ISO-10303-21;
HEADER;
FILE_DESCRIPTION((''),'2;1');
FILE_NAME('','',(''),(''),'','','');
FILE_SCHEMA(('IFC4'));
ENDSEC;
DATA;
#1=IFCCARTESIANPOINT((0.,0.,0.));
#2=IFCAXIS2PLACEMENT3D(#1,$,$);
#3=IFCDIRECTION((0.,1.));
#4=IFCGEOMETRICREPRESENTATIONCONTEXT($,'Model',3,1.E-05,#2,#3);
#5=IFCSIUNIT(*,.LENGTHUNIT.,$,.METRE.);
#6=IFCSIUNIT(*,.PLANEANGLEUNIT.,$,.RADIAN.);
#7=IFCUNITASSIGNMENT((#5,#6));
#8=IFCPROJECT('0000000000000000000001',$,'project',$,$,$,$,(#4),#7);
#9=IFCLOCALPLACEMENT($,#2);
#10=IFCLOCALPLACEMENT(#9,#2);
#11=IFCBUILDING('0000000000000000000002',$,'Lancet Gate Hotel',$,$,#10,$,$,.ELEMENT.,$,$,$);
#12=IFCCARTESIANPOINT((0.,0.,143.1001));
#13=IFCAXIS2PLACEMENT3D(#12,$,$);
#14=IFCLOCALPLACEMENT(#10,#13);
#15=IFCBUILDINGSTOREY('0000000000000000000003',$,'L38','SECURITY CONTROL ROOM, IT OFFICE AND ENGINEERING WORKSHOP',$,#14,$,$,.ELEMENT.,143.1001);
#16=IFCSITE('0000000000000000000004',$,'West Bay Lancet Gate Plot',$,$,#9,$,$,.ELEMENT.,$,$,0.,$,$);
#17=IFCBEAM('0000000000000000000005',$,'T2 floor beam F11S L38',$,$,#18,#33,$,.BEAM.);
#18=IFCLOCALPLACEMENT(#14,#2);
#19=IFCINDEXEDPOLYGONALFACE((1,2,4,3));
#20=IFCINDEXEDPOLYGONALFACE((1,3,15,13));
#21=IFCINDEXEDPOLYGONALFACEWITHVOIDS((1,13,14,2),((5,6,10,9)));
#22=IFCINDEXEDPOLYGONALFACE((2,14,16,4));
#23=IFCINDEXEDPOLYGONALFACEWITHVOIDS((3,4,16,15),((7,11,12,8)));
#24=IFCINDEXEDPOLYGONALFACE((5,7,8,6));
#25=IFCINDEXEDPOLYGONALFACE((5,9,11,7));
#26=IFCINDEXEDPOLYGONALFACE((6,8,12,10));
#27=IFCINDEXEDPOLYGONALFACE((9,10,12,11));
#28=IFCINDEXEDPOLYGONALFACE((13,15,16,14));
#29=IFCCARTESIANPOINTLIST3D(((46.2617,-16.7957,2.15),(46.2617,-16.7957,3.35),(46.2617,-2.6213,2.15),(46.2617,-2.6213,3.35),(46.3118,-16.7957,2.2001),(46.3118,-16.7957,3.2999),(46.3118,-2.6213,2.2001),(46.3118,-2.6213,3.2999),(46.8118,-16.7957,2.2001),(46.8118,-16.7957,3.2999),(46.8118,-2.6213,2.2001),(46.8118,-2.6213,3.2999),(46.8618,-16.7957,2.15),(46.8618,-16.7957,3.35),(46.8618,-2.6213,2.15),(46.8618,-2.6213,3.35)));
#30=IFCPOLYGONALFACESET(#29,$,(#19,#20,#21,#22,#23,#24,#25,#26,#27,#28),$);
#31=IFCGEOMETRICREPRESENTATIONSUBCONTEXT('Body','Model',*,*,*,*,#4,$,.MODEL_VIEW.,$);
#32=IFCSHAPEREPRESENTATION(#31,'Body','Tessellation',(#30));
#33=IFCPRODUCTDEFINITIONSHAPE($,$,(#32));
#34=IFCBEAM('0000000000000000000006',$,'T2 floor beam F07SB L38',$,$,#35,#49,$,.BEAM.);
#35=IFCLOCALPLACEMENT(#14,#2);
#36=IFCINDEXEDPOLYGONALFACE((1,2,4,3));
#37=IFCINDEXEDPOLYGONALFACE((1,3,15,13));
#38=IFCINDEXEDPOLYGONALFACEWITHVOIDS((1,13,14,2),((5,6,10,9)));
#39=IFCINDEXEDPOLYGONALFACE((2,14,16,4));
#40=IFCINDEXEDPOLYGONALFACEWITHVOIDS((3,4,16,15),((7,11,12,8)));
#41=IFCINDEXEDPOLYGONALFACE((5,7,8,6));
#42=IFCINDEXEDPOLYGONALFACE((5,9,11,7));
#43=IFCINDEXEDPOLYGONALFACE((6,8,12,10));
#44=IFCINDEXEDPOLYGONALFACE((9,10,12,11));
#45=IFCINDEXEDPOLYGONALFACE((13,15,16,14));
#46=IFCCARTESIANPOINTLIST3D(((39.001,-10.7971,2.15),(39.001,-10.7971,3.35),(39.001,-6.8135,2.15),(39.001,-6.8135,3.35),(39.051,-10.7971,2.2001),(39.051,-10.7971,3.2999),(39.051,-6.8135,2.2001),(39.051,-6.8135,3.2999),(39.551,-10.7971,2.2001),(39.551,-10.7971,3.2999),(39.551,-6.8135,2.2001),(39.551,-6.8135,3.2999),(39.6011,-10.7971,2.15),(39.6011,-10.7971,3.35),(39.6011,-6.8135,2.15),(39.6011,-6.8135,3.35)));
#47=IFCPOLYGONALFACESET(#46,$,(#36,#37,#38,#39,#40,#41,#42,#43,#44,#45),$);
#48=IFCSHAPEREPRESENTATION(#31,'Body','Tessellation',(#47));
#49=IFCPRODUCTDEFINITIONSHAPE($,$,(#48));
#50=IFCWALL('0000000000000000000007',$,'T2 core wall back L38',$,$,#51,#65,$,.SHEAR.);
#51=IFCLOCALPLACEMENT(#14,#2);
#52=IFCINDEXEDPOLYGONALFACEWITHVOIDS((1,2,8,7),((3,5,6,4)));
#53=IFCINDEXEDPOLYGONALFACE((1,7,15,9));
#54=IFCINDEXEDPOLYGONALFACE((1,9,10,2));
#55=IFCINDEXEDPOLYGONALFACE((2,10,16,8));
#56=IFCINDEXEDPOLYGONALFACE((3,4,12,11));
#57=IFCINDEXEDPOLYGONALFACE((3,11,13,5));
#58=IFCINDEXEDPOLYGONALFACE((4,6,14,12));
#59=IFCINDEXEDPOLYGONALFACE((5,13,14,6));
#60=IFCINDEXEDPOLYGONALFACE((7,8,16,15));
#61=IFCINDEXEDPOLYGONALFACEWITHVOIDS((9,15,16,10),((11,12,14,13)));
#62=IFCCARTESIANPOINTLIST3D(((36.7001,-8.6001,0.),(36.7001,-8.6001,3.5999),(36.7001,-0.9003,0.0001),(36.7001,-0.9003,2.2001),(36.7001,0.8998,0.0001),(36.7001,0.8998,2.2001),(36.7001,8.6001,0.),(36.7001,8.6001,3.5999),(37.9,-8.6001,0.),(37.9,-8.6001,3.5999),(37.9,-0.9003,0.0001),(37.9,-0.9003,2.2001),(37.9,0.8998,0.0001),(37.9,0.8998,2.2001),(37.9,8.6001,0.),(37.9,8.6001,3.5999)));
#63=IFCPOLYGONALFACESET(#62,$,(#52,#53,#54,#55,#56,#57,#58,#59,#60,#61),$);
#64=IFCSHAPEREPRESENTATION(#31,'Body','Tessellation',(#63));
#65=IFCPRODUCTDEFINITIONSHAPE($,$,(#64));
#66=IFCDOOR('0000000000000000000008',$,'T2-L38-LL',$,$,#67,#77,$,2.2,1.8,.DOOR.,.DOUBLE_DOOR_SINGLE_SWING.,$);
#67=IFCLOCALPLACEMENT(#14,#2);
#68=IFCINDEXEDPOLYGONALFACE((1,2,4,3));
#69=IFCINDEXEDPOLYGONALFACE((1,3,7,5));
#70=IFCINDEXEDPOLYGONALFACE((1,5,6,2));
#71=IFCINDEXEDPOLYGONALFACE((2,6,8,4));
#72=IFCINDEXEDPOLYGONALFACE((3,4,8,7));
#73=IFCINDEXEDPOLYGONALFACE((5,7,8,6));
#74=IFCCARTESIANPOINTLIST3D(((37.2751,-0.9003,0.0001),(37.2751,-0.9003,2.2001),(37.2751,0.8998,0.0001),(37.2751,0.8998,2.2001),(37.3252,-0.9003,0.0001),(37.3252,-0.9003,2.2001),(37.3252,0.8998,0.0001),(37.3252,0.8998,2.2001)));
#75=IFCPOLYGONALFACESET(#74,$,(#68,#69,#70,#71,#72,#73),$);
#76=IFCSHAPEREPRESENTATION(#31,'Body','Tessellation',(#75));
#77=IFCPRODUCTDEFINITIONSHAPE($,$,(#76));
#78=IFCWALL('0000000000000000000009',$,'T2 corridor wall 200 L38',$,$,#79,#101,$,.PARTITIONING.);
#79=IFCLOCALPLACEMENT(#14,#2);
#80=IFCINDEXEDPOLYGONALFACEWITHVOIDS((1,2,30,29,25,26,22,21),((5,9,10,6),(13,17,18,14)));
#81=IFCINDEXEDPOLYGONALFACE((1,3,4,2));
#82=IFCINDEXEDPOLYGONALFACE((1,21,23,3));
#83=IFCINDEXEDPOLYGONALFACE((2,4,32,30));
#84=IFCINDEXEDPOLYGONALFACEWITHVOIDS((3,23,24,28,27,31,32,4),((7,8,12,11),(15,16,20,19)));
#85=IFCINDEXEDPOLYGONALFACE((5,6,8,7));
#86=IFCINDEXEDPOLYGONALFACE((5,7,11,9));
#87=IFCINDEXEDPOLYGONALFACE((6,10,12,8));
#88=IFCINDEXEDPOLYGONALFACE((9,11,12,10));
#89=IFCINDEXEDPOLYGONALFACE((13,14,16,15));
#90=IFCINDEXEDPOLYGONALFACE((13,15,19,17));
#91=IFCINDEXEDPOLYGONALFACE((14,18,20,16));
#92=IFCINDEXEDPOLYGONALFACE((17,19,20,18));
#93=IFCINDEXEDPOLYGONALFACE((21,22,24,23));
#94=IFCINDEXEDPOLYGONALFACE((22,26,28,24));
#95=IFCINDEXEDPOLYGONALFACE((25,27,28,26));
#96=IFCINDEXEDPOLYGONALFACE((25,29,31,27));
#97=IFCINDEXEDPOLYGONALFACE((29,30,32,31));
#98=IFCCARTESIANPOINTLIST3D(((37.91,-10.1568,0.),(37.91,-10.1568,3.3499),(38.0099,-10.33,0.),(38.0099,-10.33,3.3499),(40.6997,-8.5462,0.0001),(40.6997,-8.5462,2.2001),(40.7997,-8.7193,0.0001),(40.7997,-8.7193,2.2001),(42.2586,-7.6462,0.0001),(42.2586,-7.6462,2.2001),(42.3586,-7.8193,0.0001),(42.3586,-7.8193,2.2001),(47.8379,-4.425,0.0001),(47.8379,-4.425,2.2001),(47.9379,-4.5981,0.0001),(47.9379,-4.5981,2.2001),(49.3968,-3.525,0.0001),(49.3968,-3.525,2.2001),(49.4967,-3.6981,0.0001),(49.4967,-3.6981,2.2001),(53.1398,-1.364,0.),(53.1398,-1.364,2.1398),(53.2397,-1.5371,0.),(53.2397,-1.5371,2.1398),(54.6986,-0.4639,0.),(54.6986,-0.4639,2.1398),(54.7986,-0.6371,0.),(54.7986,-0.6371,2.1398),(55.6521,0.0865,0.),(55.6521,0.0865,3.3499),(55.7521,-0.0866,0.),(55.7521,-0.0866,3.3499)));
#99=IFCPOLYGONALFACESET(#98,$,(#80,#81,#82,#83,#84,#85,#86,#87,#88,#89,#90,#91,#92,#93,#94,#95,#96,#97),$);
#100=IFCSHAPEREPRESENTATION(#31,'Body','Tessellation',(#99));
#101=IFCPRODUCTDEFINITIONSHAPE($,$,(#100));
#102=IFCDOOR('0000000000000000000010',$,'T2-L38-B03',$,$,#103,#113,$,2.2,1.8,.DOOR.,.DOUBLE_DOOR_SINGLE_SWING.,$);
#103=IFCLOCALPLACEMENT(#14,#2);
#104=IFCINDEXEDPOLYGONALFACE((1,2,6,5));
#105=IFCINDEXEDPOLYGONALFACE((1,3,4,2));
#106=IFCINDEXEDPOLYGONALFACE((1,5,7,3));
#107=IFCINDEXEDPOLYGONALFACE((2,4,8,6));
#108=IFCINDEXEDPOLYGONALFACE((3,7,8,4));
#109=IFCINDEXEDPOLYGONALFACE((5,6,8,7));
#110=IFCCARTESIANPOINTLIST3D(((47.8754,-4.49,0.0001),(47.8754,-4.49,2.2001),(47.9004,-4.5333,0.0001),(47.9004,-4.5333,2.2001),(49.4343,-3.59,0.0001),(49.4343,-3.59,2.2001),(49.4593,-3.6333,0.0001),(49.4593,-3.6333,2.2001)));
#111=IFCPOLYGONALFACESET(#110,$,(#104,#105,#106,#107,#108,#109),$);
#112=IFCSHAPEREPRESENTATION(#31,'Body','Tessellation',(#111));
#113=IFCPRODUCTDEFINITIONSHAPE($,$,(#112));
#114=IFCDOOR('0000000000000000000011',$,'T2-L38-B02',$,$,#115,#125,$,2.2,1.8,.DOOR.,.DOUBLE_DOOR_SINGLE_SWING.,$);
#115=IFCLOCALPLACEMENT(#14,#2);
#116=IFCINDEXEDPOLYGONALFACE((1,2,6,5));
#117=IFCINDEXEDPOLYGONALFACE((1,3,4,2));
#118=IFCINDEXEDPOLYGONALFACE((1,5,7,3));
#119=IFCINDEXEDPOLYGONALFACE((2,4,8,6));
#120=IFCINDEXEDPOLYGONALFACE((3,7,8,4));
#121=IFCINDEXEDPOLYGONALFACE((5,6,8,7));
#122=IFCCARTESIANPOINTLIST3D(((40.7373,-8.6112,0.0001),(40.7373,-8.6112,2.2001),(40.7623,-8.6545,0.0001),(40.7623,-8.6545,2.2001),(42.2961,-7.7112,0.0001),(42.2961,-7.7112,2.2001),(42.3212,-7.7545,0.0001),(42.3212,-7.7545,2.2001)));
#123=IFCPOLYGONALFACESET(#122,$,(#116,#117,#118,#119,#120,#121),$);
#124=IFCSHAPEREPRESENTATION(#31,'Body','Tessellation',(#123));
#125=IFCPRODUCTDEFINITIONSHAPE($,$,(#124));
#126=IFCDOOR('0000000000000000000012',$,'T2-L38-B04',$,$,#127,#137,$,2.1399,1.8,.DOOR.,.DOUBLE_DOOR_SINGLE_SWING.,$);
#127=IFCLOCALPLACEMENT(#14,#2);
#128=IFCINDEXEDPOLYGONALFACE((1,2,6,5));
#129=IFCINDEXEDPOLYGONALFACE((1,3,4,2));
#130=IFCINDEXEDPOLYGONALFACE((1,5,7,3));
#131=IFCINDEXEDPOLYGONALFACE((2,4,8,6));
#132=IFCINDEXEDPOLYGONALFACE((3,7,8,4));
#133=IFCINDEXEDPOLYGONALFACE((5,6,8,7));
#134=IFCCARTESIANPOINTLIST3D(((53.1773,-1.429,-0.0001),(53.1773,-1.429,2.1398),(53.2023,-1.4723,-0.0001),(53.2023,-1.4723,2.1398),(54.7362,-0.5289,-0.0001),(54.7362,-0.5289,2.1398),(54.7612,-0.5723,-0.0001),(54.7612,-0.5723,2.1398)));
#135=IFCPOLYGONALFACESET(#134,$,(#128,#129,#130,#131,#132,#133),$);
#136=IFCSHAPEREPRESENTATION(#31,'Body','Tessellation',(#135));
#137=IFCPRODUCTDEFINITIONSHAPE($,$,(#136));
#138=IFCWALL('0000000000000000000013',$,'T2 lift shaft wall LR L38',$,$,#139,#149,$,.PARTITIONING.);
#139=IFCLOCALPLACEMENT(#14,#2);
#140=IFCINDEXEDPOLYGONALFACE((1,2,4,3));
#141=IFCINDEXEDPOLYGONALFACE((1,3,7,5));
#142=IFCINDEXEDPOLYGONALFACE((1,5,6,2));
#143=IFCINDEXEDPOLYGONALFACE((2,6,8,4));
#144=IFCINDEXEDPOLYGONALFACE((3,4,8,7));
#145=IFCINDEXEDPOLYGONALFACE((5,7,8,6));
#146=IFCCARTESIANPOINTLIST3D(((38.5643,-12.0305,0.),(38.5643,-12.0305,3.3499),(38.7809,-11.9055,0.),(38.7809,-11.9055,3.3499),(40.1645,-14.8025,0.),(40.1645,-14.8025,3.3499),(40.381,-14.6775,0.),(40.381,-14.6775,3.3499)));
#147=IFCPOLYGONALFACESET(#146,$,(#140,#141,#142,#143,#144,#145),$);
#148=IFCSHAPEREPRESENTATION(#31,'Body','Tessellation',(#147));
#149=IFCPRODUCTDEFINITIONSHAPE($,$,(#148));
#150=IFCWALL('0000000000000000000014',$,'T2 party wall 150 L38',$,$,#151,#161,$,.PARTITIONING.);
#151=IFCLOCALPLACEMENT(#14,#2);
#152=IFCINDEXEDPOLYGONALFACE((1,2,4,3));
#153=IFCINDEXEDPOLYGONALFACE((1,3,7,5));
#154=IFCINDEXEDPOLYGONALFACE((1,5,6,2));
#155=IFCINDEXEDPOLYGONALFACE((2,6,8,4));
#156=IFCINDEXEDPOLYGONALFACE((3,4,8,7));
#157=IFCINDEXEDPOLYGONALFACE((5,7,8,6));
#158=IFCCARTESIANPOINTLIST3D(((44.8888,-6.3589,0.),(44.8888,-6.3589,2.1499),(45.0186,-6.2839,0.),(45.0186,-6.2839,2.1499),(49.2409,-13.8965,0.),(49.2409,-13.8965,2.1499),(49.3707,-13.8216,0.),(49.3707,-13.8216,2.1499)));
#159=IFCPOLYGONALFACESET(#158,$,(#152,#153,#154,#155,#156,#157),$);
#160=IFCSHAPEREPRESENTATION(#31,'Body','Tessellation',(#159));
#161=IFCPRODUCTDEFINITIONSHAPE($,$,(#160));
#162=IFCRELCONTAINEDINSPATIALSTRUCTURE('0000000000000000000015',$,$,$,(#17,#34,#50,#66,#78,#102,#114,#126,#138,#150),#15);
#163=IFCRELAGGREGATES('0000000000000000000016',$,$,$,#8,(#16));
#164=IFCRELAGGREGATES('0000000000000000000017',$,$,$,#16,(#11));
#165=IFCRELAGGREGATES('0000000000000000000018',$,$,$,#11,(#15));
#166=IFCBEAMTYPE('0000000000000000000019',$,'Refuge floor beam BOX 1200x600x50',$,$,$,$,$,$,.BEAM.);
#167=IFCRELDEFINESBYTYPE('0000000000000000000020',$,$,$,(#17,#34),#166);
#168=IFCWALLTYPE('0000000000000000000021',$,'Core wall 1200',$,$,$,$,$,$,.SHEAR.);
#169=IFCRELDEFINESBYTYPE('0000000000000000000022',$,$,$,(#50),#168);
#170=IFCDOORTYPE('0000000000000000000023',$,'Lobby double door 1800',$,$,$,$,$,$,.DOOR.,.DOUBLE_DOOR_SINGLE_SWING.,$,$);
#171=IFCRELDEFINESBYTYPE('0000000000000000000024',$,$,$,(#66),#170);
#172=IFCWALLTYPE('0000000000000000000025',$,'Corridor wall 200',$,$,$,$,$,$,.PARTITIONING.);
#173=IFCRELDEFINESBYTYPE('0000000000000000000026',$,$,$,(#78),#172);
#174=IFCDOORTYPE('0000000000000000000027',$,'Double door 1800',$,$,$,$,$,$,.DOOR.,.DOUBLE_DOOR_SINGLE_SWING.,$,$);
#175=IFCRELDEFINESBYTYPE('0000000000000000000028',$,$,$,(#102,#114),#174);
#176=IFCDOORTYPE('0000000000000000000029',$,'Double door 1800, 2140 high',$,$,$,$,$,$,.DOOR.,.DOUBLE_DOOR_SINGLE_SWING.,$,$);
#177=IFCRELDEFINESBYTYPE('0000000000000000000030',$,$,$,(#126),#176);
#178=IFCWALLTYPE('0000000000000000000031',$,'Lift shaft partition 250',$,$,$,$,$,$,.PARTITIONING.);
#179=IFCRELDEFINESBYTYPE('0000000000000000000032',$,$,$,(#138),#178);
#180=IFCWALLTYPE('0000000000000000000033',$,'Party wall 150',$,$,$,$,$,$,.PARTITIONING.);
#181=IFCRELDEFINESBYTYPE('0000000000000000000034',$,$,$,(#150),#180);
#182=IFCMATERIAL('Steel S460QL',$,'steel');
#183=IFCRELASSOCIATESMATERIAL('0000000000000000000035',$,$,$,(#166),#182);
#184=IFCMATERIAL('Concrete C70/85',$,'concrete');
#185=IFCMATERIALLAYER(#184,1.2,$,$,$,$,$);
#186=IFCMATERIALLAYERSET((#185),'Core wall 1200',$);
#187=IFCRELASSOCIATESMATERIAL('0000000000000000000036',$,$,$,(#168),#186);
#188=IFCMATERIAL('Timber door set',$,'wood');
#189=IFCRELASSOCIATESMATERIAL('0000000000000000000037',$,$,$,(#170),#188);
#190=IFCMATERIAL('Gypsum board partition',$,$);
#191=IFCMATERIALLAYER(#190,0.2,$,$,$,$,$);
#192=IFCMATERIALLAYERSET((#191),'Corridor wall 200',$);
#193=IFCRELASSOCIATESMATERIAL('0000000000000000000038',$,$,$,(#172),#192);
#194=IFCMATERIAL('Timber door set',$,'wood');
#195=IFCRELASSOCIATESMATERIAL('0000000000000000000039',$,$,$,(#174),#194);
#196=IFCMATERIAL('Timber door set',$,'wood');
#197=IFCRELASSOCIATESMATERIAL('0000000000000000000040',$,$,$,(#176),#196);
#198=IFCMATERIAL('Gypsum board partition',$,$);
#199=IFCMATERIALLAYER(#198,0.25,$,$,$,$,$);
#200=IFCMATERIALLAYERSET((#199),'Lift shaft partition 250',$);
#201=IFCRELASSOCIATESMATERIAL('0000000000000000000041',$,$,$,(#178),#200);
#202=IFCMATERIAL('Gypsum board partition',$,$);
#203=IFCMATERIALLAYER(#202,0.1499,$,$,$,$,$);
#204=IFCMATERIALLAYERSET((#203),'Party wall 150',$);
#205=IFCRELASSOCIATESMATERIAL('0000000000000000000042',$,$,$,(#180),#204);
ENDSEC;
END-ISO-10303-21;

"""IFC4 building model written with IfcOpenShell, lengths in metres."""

from ifc_helpers import new_model, si_unit, direction, frame, frame_2d, origin, origin_2d, place, context, subcontext, project, spatial, rectangle, hollow_rectangle, extrude, material, layer, layer_set, material_profile, profile_set, type_object, element, fill, save


model = new_model("IFC4")

# Units and contexts
model_context = context("Model", 3, precision=1e-05, world=origin(), true_north=direction((0.0, 1.0)))
body_context = subcontext(model_context, "Body", "Model", "MODEL_VIEW")
ifc_project = project(units=[si_unit("LENGTHUNIT", "METRE"), si_unit("PLANEANGLEUNIT", "RADIAN")], contexts=[model_context])

# Site, building, storey
site_placement = place(None, origin())
site = spatial("IfcSite", under=ifc_project, at=site_placement, Name="West Bay Lancet Gate Plot", CompositionType="ELEMENT", RefElevation=0.0)
building_placement = place(site_placement, origin())
building = spatial("IfcBuilding", under=site, at=building_placement, Name="Lancet Gate Hotel", CompositionType="ELEMENT")
storey_placement = place(building_placement, frame((0.0, 0.0, 143.1001)))
storey = spatial("IfcBuildingStorey", under=building, at=storey_placement, Name="L38", Description="SECURITY CONTROL ROOM, IT OFFICE AND ENGINEERING WORKSHOP", CompositionType="ELEMENT", Elevation=143.1001)

# Beams
ifc_material_1 = material(Name="Steel S460QL", Category="steel")
ifc_material_profile_1 = material_profile(ifc_material_1, hollow_rectangle(XDim=0.6001, YDim=1.2, WallThickness=0.05, at=origin_2d()), Name="BOX 1200x600x50")
ifc_profile_set_1 = profile_set([ifc_material_profile_1], Name="Steel S460QL")
beam_type_1 = type_object("IfcBeamType", Name="Refuge floor beam BOX 1200x600x50", PredefinedType="BEAM", material=ifc_profile_set_1)
beam_1_placement = place(storey_placement, frame((46.5618, -16.7957, 2.75), z_axis=(0.0, 1.0, 0.0), x_axis=(-1.0, 0.0, 0.0)))
element("IfcBeam", 1, at=beam_1_placement, inside=storey, type_object=beam_type_1, Name="T2 floor beam F11S L38", PredefinedType="BEAM", context=body_context, shape_type="SweptSolid", body=[
    extrude(hollow_rectangle(XDim=0.6001, YDim=1.2, WallThickness=0.05, at=origin_2d()), origin(), (0.0, 0.0, 1.0), 14.1743),
])
beam_2_placement = place(storey_placement, frame((39.301, -10.7971, 2.75), z_axis=(0.0, 1.0, 0.0), x_axis=(-1.0, 0.0, 0.0)))
element("IfcBeam", 2, at=beam_2_placement, inside=storey, type_object=beam_type_1, Name="T2 floor beam F07SB L38", PredefinedType="BEAM", context=body_context, shape_type="SweptSolid", body=[
    extrude(hollow_rectangle(XDim=0.6001, YDim=1.2, WallThickness=0.05, at=origin_2d()), origin(), (0.0, 0.0, 1.0), 3.9836),
])

# Wall, opening, door
ifc_material_2 = material(Name="Concrete C70/85", Category="concrete")
ifc_layer_1 = layer(ifc_material_2, 1.2)
ifc_layer_set_1 = layer_set([ifc_layer_1], Name="Core wall 1200")
wall_type_1 = type_object("IfcWallType", Name="Core wall 1200", PredefinedType="SHEAR", material=ifc_layer_set_1)
wall_1_placement = place(storey_placement, frame((37.3, -8.6001, 0.0), z_axis=(0.0, 0.0, 1.0), x_axis=(0.0, 1.0, 0.0)))
wall_1 = element("IfcWall", 3, at=wall_1_placement, inside=storey, type_object=wall_type_1, Name="T2 core wall back L38", PredefinedType="SHEAR", context=body_context, shape_type="SweptSolid", body=[
    extrude(rectangle(XDim=17.2002, YDim=1.2, at=frame_2d((8.6001, 0.0))), origin(), (0.0, 0.0, 1.0), 3.5999),
])
opening_1_placement = place(wall_1_placement, frame((7.7, 0.0, 0.0)))
opening_1 = element("IfcOpeningElement", 4, at=opening_1_placement, cuts=wall_1, PredefinedType="OPENING", context=body_context, shape_type="SweptSolid", body=[
    extrude(rectangle(XDim=1.8, YDim=2.2, at=frame_2d((0.8999, 1.1001))), frame((0.0, 0.6099, 0.0), z_axis=(0.0, -1.0, 0.0), x_axis=(1.0, 0.0, 0.0)), (0.0, 0.0, 1.0), 1.22),
])
ifc_material_3 = material(Name="Timber door set", Category="wood")
door_type_1 = type_object("IfcDoorType", Name="Lobby double door 1800", OperationType="DOUBLE_DOOR_SINGLE_SWING", PredefinedType="DOOR", material=ifc_material_3)
door_1_placement = place(opening_1_placement, origin())
door_1 = element("IfcDoor", 5, at=door_1_placement, inside=storey, type_object=door_type_1, Name="T2-L38-LL", OperationType="DOUBLE_DOOR_SINGLE_SWING", OverallHeight=2.2, OverallWidth=1.8, PredefinedType="DOOR", context=body_context, shape_type="SweptSolid", body=[
    extrude(rectangle(XDim=1.8, YDim=2.2, at=frame_2d((0.8999, 1.1001))), frame((0.0, 0.0249, 0.0), z_axis=(0.0, -1.0, 0.0), x_axis=(1.0, 0.0, 0.0)), (0.0, 0.0, 1.0), 0.05),
])
fill(opening_1, door_1)

# Wall, openings, doors
ifc_material_4 = material(Name="Gypsum board partition")
ifc_layer_2 = layer(ifc_material_4, 0.2)
ifc_layer_set_2 = layer_set([ifc_layer_2], Name="Corridor wall 200")
wall_type_2 = type_object("IfcWallType", Name="Corridor wall 200", PredefinedType="PARTITIONING", material=ifc_layer_set_2)
wall_2_placement = place(storey_placement, frame((37.96, -10.2434, 0.0), z_axis=(0.0, 0.0, 1.0), x_axis=(0.866026, 0.499998, 0.0)))
wall_2 = element("IfcWall", 6, at=wall_2_placement, inside=storey, type_object=wall_type_2, Name="T2 corridor wall 200 L38", PredefinedType="PARTITIONING", context=body_context, shape_type="SweptSolid", body=[
    extrude(rectangle(XDim=20.4868, YDim=0.2, at=frame_2d((10.2434, 0.0))), origin(), (0.0, 0.0, 1.0), 3.3499),
])
opening_2_placement = place(wall_2_placement, frame((11.4639, 0.0, 0.0)))
opening_2 = element("IfcOpeningElement", 7, at=opening_2_placement, cuts=wall_2, PredefinedType="OPENING", context=body_context, shape_type="SweptSolid", body=[
    extrude(rectangle(XDim=1.8, YDim=2.2, at=frame_2d((0.8999, 1.1001))), frame((0.0, 0.1099, 0.0), z_axis=(0.0, -1.0, 0.0), x_axis=(1.0, 0.0, 0.0)), (0.0, 0.0, 1.0), 0.22),
])
opening_3_placement = place(wall_2_placement, frame((17.5859, 0.0, 0.0)))
opening_3 = element("IfcOpeningElement", 8, at=opening_3_placement, cuts=wall_2, PredefinedType="OPENING", context=body_context, shape_type="SweptSolid", body=[
    extrude(rectangle(XDim=1.8, YDim=2.1399, at=frame_2d((0.8999, 1.0698))), frame((0.0, 0.1099, 0.0), z_axis=(0.0, -1.0, 0.0), x_axis=(1.0, 0.0, 0.0)), (0.0, 0.0, 1.0), 0.22),
])
opening_4_placement = place(wall_2_placement, frame((3.2214, 0.0, 0.0)))
opening_4 = element("IfcOpeningElement", 9, at=opening_4_placement, cuts=wall_2, PredefinedType="OPENING", context=body_context, shape_type="SweptSolid", body=[
    extrude(rectangle(XDim=1.8, YDim=2.2, at=frame_2d((0.8999, 1.1001))), frame((0.0, 0.1099, 0.0), z_axis=(0.0, -1.0, 0.0), x_axis=(1.0, 0.0, 0.0)), (0.0, 0.0, 1.0), 0.22),
])
ifc_material_5 = material(Name="Timber door set", Category="wood")
door_type_2 = type_object("IfcDoorType", Name="Double door 1800", OperationType="DOUBLE_DOOR_SINGLE_SWING", PredefinedType="DOOR", material=ifc_material_5)
door_2_placement = place(opening_2_placement, origin())
door_2 = element("IfcDoor", 10, at=door_2_placement, inside=storey, type_object=door_type_2, Name="T2-L38-B03", OperationType="DOUBLE_DOOR_SINGLE_SWING", OverallHeight=2.2, OverallWidth=1.8, PredefinedType="DOOR", context=body_context, shape_type="SweptSolid", body=[
    extrude(rectangle(XDim=1.8, YDim=2.2, at=frame_2d((0.8999, 1.1001))), frame((0.0, 0.0249, 0.0), z_axis=(0.0, -1.0, 0.0), x_axis=(1.0, 0.0, 0.0)), (0.0, 0.0, 1.0), 0.05),
])
fill(opening_2, door_2)
door_3_placement = place(opening_4_placement, origin())
door_3 = element("IfcDoor", 11, at=door_3_placement, inside=storey, type_object=door_type_2, Name="T2-L38-B02", OperationType="DOUBLE_DOOR_SINGLE_SWING", OverallHeight=2.2, OverallWidth=1.8, PredefinedType="DOOR", context=body_context, shape_type="SweptSolid", body=[
    extrude(rectangle(XDim=1.8, YDim=2.2, at=frame_2d((0.8999, 1.1001))), frame((0.0, 0.0249, 0.0), z_axis=(0.0, -1.0, 0.0), x_axis=(1.0, 0.0, 0.0)), (0.0, 0.0, 1.0), 0.05),
])
fill(opening_4, door_3)
ifc_material_6 = material(Name="Timber door set", Category="wood")
door_type_3 = type_object("IfcDoorType", Name="Double door 1800, 2140 high", OperationType="DOUBLE_DOOR_SINGLE_SWING", PredefinedType="DOOR", material=ifc_material_6)
door_4_placement = place(opening_3_placement, origin())
door_4 = element("IfcDoor", 12, at=door_4_placement, inside=storey, type_object=door_type_3, Name="T2-L38-B04", OperationType="DOUBLE_DOOR_SINGLE_SWING", OverallHeight=2.1399, OverallWidth=1.8, PredefinedType="DOOR", context=body_context, shape_type="SweptSolid", body=[
    extrude(rectangle(XDim=1.8, YDim=2.1399, at=frame_2d((0.8999, 1.0698))), frame((0.0, 0.0249, 0.0), z_axis=(0.0, -1.0, 0.0), x_axis=(1.0, 0.0, 0.0)), (0.0, 0.0, 1.0), 0.05),
])
fill(opening_3, door_4)

# Walls
ifc_material_7 = material(Name="Gypsum board partition")
ifc_layer_3 = layer(ifc_material_7, 0.25)
ifc_layer_set_3 = layer_set([ifc_layer_3], Name="Lift shaft partition 250")
wall_type_3 = type_object("IfcWallType", Name="Lift shaft partition 250", PredefinedType="PARTITIONING", material=ifc_layer_set_3)
wall_3_placement = place(storey_placement, frame((38.6726, -11.968, 0.0), z_axis=(0.0, 0.0, 1.0), x_axis=(0.499929, -0.866066, 0.0)))
element("IfcWall", 13, at=wall_3_placement, inside=storey, type_object=wall_type_3, Name="T2 lift shaft wall LR L38", PredefinedType="PARTITIONING", context=body_context, shape_type="SweptSolid", body=[
    extrude(rectangle(XDim=3.2007, YDim=0.25, at=frame_2d((1.6003, 0.0))), origin(), (0.0, 0.0, 1.0), 3.3499),
])
ifc_material_8 = material(Name="Gypsum board partition")
ifc_layer_4 = layer(ifc_material_8, 0.1499)
ifc_layer_set_4 = layer_set([ifc_layer_4], Name="Party wall 150")
wall_type_4 = type_object("IfcWallType", Name="Party wall 150", PredefinedType="PARTITIONING", material=ifc_layer_set_4)
wall_4_placement = place(storey_placement, frame((44.9536, -6.3213, 0.0), z_axis=(0.0, 0.0, 1.0), x_axis=(0.500019, -0.866015, 0.0)))
element("IfcWall", 14, at=wall_4_placement, inside=storey, type_object=wall_type_4, Name="T2 party wall 150 L38", PredefinedType="PARTITIONING", context=body_context, shape_type="SweptSolid", body=[
    extrude(rectangle(XDim=8.7039, YDim=0.1499, at=frame_2d((4.3521, 0.0))), origin(), (0.0, 0.0, 1.0), 2.1499),
])

save(model, "model.ifc")
